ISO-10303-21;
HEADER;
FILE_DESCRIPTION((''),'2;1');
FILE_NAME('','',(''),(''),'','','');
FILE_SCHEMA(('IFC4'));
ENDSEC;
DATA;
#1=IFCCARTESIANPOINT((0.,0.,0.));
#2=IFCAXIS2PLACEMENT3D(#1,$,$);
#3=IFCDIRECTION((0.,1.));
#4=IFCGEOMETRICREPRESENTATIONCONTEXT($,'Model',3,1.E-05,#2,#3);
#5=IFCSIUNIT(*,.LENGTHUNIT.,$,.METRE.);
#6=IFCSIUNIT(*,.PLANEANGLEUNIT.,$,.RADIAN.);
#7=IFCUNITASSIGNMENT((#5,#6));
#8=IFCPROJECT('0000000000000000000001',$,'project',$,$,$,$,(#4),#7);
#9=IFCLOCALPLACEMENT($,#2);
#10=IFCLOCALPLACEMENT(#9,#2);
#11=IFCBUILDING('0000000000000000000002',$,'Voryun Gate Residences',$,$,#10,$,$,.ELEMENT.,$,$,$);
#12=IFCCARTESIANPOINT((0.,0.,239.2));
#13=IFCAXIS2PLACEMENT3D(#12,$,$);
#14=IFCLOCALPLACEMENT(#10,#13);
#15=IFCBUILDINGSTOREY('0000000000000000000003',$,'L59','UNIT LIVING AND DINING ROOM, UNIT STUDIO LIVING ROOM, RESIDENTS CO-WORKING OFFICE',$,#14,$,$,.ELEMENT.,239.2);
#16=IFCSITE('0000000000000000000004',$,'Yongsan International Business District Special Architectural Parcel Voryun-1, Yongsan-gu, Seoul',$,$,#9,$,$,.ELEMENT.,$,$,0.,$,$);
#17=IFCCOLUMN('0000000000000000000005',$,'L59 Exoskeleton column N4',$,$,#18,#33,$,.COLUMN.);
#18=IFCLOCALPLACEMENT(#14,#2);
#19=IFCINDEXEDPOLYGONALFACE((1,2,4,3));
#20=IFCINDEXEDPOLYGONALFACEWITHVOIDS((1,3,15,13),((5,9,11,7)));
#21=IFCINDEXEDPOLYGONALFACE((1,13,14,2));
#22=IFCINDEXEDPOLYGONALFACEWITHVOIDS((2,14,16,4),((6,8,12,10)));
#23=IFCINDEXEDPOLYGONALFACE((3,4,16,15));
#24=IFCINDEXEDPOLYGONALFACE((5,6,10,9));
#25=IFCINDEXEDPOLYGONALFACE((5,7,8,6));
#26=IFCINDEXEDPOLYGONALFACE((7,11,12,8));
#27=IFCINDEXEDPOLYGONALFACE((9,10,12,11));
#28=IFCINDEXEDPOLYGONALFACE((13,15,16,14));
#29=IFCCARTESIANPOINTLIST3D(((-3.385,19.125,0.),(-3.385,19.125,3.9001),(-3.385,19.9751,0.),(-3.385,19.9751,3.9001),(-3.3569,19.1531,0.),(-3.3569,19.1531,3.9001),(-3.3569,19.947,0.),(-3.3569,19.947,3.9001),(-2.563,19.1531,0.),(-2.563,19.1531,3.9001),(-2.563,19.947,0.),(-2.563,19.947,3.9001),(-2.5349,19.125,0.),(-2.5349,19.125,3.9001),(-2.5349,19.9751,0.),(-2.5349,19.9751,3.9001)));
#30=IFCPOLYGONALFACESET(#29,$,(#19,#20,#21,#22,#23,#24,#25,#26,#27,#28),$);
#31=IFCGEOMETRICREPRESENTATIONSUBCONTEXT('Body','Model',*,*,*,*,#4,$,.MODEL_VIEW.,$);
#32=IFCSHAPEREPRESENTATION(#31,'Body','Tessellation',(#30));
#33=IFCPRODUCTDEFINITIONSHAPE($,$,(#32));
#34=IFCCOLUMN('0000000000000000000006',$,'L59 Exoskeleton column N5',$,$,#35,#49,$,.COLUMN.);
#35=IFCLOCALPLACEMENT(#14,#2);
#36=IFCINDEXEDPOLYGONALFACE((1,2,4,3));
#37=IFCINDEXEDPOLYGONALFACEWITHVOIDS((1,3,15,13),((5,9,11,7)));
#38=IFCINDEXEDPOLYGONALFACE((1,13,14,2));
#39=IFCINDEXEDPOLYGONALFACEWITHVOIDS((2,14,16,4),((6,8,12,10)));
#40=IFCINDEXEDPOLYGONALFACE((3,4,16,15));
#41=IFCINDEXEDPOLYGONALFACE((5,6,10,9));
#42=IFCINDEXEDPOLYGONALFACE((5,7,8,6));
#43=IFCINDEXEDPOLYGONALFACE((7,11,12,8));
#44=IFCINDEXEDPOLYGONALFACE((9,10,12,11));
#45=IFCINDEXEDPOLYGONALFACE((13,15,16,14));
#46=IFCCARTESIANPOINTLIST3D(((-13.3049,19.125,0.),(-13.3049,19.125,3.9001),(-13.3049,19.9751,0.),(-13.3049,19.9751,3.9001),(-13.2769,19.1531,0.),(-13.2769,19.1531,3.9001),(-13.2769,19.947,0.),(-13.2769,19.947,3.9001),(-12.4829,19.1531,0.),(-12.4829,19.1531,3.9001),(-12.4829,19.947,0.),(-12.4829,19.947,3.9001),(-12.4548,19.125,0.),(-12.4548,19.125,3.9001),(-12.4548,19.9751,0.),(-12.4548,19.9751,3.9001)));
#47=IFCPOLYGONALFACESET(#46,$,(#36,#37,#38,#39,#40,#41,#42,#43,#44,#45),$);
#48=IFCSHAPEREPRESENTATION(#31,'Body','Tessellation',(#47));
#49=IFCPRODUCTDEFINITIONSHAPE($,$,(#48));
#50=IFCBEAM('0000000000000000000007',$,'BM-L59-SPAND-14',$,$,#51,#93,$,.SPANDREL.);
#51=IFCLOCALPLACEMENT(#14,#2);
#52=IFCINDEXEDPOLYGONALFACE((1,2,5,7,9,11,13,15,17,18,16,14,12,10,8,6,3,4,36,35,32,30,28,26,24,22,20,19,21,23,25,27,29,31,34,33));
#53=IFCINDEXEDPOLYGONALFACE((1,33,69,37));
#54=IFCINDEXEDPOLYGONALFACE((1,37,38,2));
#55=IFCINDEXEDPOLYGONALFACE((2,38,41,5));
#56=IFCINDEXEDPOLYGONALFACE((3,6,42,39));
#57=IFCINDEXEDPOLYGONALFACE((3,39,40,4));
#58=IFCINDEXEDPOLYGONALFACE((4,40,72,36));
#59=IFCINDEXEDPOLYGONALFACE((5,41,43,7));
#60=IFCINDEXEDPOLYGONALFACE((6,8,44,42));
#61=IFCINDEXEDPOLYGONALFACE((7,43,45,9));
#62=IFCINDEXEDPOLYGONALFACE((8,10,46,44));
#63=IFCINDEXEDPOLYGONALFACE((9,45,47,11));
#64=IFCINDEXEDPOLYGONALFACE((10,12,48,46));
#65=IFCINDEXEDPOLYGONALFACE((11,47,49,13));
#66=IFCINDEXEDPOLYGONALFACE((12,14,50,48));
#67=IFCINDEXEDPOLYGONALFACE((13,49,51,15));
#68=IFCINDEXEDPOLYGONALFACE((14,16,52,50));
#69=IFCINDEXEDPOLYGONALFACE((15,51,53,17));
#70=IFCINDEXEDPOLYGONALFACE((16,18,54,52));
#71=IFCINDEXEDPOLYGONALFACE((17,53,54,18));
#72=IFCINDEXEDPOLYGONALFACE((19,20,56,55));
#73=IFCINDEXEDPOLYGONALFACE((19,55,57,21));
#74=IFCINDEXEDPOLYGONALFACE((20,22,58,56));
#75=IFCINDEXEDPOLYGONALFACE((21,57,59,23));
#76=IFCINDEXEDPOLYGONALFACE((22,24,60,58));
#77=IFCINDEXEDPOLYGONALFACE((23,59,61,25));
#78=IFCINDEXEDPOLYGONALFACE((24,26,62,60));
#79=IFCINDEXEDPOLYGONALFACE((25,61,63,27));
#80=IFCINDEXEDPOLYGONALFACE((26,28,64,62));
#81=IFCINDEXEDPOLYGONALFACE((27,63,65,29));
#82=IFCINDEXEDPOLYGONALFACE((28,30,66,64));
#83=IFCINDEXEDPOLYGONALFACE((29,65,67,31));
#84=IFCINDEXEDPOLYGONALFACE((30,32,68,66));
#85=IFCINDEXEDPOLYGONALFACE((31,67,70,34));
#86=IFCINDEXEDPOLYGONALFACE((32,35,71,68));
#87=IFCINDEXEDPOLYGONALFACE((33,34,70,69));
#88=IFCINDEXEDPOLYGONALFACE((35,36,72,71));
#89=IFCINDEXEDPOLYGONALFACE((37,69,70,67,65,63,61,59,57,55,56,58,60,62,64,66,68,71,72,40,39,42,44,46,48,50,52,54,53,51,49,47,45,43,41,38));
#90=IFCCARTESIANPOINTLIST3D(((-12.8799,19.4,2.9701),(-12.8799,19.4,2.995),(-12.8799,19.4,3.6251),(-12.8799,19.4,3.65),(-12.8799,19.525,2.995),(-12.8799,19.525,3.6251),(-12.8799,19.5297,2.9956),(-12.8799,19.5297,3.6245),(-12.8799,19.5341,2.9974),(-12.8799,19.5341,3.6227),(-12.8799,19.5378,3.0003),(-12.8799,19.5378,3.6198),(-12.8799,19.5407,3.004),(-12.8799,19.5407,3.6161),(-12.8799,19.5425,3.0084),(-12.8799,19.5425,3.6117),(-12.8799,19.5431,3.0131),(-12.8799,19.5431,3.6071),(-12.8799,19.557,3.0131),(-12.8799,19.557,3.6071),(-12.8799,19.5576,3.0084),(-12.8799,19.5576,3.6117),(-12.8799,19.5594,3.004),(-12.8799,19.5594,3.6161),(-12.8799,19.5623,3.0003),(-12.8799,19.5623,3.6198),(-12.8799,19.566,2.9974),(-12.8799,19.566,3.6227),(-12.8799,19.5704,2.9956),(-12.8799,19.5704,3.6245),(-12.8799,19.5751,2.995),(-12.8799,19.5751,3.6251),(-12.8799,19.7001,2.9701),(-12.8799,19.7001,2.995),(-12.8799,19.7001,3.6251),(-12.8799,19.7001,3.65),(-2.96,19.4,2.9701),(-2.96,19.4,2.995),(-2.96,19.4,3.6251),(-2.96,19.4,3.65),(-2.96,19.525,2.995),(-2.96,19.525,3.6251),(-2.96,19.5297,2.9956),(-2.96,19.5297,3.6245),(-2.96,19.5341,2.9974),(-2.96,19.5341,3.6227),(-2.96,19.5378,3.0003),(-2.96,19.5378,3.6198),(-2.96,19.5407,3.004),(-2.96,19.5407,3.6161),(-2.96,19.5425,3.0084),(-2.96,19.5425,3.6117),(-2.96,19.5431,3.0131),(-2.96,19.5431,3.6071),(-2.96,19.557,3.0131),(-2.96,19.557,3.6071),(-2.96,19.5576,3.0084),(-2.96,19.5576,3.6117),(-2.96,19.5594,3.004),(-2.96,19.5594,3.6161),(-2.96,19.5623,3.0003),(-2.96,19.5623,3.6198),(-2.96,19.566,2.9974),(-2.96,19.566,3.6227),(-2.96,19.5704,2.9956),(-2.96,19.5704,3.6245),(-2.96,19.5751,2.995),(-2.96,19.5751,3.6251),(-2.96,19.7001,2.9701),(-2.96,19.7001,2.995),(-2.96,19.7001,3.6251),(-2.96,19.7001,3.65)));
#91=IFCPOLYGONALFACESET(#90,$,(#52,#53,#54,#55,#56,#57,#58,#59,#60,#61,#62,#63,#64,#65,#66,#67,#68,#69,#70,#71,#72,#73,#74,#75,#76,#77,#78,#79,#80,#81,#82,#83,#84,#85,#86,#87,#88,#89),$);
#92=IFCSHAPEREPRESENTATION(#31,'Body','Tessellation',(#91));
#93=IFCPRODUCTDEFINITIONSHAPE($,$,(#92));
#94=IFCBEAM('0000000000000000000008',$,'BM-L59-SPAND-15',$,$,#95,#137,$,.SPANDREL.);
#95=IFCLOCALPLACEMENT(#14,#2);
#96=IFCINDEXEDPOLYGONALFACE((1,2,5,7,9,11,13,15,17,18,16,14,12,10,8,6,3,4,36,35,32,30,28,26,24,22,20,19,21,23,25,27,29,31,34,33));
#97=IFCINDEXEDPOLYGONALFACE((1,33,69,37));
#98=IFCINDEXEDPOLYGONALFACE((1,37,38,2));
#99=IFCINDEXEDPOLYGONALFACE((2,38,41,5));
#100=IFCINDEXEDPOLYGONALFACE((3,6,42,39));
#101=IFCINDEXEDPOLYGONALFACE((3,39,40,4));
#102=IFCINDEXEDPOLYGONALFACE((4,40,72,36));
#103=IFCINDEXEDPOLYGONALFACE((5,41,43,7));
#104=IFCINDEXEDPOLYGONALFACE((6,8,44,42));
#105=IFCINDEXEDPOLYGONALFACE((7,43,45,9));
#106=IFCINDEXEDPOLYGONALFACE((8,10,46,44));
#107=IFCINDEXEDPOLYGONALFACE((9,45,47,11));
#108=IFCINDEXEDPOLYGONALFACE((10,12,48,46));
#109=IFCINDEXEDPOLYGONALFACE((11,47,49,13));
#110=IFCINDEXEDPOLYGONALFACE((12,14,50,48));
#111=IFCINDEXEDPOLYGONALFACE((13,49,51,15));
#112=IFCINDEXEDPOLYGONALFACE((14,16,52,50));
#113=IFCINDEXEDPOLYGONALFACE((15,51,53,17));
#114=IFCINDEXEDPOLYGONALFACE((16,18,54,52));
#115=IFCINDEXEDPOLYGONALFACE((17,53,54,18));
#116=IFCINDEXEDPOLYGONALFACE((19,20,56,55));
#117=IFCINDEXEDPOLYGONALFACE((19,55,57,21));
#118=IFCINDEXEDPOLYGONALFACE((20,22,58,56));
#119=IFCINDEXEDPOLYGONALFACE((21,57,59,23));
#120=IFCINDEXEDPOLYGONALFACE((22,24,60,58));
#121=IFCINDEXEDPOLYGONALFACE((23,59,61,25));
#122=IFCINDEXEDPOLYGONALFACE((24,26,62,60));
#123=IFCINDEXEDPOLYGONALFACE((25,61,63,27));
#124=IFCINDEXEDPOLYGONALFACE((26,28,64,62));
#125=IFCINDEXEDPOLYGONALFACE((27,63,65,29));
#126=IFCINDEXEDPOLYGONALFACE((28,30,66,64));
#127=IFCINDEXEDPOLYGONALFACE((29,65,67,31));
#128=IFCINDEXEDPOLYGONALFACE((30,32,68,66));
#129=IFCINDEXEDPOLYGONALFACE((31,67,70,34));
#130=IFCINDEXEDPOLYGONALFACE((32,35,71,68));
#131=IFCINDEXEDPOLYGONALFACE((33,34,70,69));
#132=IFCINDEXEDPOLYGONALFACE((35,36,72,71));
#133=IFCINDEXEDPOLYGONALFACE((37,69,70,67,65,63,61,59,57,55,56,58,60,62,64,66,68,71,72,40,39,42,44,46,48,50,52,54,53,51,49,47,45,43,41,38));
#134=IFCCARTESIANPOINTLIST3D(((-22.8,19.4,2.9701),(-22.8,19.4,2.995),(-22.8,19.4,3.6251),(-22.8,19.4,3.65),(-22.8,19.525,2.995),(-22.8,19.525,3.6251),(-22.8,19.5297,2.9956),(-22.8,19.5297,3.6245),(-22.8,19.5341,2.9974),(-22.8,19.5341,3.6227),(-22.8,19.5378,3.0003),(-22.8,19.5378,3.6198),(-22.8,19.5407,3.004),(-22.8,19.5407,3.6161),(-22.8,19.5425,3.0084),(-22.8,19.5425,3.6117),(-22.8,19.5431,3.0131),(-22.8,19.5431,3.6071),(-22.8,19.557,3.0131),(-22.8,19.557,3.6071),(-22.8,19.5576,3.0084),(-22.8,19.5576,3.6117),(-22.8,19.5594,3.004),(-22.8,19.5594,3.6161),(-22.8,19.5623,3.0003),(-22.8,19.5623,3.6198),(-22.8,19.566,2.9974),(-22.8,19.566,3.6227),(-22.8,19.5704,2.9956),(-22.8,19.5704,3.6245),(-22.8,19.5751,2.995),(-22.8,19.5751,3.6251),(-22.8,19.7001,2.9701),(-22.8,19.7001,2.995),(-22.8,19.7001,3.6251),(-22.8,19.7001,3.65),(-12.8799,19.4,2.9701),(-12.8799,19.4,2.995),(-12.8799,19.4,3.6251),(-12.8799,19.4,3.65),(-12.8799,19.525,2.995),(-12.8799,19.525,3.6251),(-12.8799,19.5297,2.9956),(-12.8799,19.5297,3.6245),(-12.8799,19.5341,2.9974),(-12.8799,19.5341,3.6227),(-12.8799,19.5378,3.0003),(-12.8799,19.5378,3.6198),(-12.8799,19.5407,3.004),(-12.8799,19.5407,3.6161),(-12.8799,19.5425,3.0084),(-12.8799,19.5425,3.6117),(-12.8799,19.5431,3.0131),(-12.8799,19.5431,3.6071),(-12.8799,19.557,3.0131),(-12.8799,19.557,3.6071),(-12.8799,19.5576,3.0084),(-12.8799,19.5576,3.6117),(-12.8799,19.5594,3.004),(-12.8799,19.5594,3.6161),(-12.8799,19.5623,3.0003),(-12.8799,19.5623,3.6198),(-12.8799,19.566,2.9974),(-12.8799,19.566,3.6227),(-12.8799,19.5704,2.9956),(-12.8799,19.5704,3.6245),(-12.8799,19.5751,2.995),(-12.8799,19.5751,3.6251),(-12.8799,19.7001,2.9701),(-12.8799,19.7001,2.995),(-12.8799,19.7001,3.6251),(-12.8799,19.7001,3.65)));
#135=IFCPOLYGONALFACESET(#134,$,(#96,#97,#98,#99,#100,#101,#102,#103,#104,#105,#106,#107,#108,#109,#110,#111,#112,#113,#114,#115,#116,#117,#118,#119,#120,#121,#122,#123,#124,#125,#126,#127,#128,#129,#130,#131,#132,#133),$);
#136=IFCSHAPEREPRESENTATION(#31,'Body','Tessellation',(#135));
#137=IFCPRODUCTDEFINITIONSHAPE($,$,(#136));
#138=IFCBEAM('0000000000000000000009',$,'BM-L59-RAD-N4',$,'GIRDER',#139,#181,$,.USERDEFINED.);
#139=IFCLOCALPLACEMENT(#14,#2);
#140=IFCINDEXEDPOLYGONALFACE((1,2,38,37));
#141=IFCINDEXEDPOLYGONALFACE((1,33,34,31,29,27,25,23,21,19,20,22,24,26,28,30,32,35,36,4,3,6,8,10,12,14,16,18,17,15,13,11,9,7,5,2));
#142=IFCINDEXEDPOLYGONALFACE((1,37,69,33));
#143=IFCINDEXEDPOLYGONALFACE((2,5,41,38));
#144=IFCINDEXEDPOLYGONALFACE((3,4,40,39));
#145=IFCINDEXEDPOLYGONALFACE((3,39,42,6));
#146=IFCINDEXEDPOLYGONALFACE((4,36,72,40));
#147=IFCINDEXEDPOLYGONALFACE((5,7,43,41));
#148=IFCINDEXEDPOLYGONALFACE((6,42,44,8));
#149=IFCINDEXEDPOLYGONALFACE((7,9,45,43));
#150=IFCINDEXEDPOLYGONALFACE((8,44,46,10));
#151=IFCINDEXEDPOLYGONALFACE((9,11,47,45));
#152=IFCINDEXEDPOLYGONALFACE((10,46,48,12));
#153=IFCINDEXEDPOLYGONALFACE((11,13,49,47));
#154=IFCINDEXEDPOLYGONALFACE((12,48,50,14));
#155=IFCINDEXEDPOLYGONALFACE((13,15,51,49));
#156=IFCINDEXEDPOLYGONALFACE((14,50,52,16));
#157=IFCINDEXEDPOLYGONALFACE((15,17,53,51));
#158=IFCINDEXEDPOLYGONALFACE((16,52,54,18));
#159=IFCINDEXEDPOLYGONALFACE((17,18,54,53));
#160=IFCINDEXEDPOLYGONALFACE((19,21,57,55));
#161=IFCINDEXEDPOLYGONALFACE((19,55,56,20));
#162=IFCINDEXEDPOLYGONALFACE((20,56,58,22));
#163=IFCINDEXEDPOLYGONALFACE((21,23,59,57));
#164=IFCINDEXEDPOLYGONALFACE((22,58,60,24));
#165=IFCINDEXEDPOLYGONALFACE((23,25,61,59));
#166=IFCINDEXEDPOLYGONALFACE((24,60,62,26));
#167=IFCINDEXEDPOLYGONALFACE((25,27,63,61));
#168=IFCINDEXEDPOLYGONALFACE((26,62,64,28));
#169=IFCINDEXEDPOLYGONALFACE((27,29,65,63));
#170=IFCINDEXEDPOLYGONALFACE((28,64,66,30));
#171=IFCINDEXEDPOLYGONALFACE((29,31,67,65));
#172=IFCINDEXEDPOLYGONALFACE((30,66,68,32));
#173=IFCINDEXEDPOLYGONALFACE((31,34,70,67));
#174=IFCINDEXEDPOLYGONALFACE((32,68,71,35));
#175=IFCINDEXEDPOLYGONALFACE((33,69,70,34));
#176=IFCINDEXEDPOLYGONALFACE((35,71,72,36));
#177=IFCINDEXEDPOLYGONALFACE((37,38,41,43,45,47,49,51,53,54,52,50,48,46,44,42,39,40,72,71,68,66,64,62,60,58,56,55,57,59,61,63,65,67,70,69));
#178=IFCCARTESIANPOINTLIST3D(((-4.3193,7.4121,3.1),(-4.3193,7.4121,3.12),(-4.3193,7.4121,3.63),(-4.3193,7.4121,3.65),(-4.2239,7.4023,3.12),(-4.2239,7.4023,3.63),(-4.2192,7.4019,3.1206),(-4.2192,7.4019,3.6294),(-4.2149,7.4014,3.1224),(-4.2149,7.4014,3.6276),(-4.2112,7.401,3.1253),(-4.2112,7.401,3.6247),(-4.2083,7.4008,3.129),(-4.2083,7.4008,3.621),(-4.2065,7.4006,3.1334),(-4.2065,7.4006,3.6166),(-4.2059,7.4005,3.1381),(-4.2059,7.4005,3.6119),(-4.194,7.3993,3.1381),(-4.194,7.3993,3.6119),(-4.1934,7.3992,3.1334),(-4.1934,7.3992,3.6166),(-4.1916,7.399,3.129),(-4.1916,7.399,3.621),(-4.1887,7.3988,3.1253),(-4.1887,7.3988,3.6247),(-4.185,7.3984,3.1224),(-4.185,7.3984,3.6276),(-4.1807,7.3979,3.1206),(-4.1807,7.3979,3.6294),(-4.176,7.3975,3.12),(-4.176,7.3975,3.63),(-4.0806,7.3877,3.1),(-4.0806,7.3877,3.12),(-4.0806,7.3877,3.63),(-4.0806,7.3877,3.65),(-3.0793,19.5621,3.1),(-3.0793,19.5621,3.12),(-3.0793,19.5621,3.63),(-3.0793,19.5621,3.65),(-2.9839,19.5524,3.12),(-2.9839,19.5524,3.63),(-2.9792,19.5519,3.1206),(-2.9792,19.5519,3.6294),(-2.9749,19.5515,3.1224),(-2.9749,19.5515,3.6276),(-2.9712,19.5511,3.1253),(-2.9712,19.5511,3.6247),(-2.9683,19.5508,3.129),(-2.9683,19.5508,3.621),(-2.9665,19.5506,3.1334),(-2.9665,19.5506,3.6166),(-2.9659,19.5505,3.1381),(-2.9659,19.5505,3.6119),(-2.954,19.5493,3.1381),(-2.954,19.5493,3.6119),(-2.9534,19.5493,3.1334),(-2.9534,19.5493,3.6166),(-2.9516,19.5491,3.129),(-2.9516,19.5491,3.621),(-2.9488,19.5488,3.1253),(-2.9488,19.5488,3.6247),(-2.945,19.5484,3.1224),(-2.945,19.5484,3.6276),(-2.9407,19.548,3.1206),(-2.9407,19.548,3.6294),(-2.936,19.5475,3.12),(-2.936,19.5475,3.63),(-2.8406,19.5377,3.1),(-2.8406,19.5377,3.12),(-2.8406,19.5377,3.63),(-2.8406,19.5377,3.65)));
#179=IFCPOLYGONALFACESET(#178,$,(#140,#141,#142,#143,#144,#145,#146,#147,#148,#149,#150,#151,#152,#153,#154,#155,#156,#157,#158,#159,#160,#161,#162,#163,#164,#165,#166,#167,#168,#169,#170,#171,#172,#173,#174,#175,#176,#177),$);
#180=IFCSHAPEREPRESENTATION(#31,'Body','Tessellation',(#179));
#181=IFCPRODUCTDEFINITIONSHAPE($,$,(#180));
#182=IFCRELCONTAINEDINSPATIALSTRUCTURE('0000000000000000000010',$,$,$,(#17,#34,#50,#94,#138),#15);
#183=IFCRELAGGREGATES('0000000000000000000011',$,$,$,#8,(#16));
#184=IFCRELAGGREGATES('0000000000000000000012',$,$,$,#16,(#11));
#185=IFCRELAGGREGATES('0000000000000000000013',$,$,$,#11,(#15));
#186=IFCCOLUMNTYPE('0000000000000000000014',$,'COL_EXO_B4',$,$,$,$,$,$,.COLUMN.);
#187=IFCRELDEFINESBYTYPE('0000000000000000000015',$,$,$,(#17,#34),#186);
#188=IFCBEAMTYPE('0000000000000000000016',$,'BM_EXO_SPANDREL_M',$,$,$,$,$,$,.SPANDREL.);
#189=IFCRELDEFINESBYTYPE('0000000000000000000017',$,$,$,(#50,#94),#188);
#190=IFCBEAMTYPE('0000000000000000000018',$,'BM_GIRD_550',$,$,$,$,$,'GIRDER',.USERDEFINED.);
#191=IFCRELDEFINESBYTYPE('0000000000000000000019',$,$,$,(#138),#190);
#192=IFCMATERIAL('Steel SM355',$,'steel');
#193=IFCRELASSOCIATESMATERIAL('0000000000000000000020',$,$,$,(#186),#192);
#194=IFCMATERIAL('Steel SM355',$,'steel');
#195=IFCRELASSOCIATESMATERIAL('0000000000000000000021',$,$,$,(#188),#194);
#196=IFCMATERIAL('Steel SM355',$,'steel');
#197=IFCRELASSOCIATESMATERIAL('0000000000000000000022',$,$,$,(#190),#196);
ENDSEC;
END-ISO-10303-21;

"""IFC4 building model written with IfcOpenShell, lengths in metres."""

from ifc_helpers import new_model, si_unit, direction, frame, origin, origin_2d, place, context, subcontext, project, spatial, hollow_rectangle, i_section, extrude, material, material_profile, profile_set, type_object, element, save


model = new_model("IFC4")

# Units and contexts
model_context = context("Model", 3, precision=1e-05, world=origin(), true_north=direction((0.0, 1.0)))
body_context = subcontext(model_context, "Body", "Model", "MODEL_VIEW")
ifc_project = project(units=[si_unit("LENGTHUNIT", "METRE"), si_unit("PLANEANGLEUNIT", "RADIAN")], contexts=[model_context])

# Site, building, storey
site_placement = place(None, origin())
site = spatial("IfcSite", under=ifc_project, at=site_placement, Name="Yongsan International Business District Special Architectural Parcel Voryun-1, Yongsan-gu, Seoul", CompositionType="ELEMENT", RefElevation=0.0)
building_placement = place(site_placement, origin())
building = spatial("IfcBuilding", under=site, at=building_placement, Name="Voryun Gate Residences", CompositionType="ELEMENT")
storey_placement = place(building_placement, frame((0.0, 0.0, 239.2)))
storey = spatial("IfcBuildingStorey", under=building, at=storey_placement, Name="L59", Description="UNIT LIVING AND DINING ROOM, UNIT STUDIO LIVING ROOM, RESIDENTS CO-WORKING OFFICE", CompositionType="ELEMENT", Elevation=239.2)

# Columns
ifc_material_1 = material(Name="Steel SM355", Category="steel")
ifc_material_profile_1 = material_profile(ifc_material_1, hollow_rectangle(XDim=0.8501, YDim=0.8501, WallThickness=0.0281, at=origin_2d()), Name="BOX-850x850x28")
ifc_profile_set_1 = profile_set([ifc_material_profile_1], Name="Steel SM355")
column_type = type_object("IfcColumnType", Name="COL_EXO_B4", PredefinedType="COLUMN", material=ifc_profile_set_1)
for number, where, z_axis, x_axis, name in (
    (1, (-2.96, 19.55, 0.0), (0.0, 0.0, 1.0), (1.0, 0.0, 0.0), "L59 Exoskeleton column N4"),
    (2, (-12.8799, 19.55, 0.0), (0.0, 0.0, 1.0), (1.0, 0.0, 0.0), "L59 Exoskeleton column N5"),
):
    element("IfcColumn", number, at=place(storey_placement, frame(where, z_axis=z_axis, x_axis=x_axis)), inside=storey, type_object=column_type, Name=name, PredefinedType="COLUMN", context=body_context, shape_type="SweptSolid", body=[
        extrude(hollow_rectangle(XDim=0.8501, YDim=0.8501, WallThickness=0.0281, at=origin_2d()), origin(), (0.0, 0.0, 1.0), 3.9001),
    ])

# Beams
ifc_material_2 = material(Name="Steel SM355", Category="steel")
ifc_material_profile_2 = material_profile(ifc_material_2, i_section(OverallWidth=0.3, OverallDepth=0.6799, WebThickness=0.0139, FlangeThickness=0.0249, FilletRadius=0.0181, at=origin_2d()), Name="H-680x300x14x25")
ifc_profile_set_2 = profile_set([ifc_material_profile_2], Name="Steel SM355")
beam_type_1 = type_object("IfcBeamType", Name="BM_EXO_SPANDREL_M", PredefinedType="SPANDREL", material=ifc_profile_set_2)
beam_1_placement = place(storey_placement, frame((-2.96, 19.55, 3.3101), z_axis=(-1.0, 0.0, 0.0), x_axis=(0.0, -1.0, 0.0)))
element("IfcBeam", 3, at=beam_1_placement, inside=storey, type_object=beam_type_1, Name="BM-L59-SPAND-14", PredefinedType="SPANDREL", context=body_context, shape_type="SweptSolid", body=[
    extrude(i_section(OverallWidth=0.3, OverallDepth=0.6799, WebThickness=0.0139, FlangeThickness=0.0249, FilletRadius=0.0181, at=origin_2d()), origin(), (0.0, 0.0, 1.0), 9.9199),
])
beam_2_placement = place(storey_placement, frame((-12.8799, 19.55, 3.3101), z_axis=(-1.0, 0.0, 0.0), x_axis=(0.0, -1.0, 0.0)))
element("IfcBeam", 4, at=beam_2_placement, inside=storey, type_object=beam_type_1, Name="BM-L59-SPAND-15", PredefinedType="SPANDREL", context=body_context, shape_type="SweptSolid", body=[
    extrude(i_section(OverallWidth=0.3, OverallDepth=0.6799, WebThickness=0.0139, FlangeThickness=0.0249, FilletRadius=0.0181, at=origin_2d()), origin(), (0.0, 0.0, 1.0), 9.9202),
])
ifc_material_3 = material(Name="Steel SM355", Category="steel")
ifc_material_profile_3 = material_profile(ifc_material_3, i_section(OverallWidth=0.24, OverallDepth=0.55, WebThickness=0.012, FlangeThickness=0.02, FilletRadius=0.0181, at=origin_2d()), Name="H-550x240x12x20")
ifc_profile_set_3 = profile_set([ifc_material_profile_3], Name="Steel SM355")
beam_type_2 = type_object("IfcBeamType", Name="BM_GIRD_550", ElementType="GIRDER", PredefinedType="USERDEFINED", material=ifc_profile_set_3)
beam_3_placement = place(storey_placement, frame((-4.2, 7.3999, 3.375), z_axis=(0.101528, 0.994833, 0.0), x_axis=(-0.994833, 0.101528, 0.0)))
element("IfcBeam", 5, at=beam_3_placement, inside=storey, type_object=beam_type_2, Name="BM-L59-RAD-N4", ObjectType="GIRDER", PredefinedType="USERDEFINED", context=body_context, shape_type="SweptSolid", body=[
    extrude(i_section(OverallWidth=0.24, OverallDepth=0.55, WebThickness=0.012, FlangeThickness=0.02, FilletRadius=0.0181, at=origin_2d()), origin(), (0.0, 0.0, 1.0), 12.2131),
])

save(model, "model.ifc")
